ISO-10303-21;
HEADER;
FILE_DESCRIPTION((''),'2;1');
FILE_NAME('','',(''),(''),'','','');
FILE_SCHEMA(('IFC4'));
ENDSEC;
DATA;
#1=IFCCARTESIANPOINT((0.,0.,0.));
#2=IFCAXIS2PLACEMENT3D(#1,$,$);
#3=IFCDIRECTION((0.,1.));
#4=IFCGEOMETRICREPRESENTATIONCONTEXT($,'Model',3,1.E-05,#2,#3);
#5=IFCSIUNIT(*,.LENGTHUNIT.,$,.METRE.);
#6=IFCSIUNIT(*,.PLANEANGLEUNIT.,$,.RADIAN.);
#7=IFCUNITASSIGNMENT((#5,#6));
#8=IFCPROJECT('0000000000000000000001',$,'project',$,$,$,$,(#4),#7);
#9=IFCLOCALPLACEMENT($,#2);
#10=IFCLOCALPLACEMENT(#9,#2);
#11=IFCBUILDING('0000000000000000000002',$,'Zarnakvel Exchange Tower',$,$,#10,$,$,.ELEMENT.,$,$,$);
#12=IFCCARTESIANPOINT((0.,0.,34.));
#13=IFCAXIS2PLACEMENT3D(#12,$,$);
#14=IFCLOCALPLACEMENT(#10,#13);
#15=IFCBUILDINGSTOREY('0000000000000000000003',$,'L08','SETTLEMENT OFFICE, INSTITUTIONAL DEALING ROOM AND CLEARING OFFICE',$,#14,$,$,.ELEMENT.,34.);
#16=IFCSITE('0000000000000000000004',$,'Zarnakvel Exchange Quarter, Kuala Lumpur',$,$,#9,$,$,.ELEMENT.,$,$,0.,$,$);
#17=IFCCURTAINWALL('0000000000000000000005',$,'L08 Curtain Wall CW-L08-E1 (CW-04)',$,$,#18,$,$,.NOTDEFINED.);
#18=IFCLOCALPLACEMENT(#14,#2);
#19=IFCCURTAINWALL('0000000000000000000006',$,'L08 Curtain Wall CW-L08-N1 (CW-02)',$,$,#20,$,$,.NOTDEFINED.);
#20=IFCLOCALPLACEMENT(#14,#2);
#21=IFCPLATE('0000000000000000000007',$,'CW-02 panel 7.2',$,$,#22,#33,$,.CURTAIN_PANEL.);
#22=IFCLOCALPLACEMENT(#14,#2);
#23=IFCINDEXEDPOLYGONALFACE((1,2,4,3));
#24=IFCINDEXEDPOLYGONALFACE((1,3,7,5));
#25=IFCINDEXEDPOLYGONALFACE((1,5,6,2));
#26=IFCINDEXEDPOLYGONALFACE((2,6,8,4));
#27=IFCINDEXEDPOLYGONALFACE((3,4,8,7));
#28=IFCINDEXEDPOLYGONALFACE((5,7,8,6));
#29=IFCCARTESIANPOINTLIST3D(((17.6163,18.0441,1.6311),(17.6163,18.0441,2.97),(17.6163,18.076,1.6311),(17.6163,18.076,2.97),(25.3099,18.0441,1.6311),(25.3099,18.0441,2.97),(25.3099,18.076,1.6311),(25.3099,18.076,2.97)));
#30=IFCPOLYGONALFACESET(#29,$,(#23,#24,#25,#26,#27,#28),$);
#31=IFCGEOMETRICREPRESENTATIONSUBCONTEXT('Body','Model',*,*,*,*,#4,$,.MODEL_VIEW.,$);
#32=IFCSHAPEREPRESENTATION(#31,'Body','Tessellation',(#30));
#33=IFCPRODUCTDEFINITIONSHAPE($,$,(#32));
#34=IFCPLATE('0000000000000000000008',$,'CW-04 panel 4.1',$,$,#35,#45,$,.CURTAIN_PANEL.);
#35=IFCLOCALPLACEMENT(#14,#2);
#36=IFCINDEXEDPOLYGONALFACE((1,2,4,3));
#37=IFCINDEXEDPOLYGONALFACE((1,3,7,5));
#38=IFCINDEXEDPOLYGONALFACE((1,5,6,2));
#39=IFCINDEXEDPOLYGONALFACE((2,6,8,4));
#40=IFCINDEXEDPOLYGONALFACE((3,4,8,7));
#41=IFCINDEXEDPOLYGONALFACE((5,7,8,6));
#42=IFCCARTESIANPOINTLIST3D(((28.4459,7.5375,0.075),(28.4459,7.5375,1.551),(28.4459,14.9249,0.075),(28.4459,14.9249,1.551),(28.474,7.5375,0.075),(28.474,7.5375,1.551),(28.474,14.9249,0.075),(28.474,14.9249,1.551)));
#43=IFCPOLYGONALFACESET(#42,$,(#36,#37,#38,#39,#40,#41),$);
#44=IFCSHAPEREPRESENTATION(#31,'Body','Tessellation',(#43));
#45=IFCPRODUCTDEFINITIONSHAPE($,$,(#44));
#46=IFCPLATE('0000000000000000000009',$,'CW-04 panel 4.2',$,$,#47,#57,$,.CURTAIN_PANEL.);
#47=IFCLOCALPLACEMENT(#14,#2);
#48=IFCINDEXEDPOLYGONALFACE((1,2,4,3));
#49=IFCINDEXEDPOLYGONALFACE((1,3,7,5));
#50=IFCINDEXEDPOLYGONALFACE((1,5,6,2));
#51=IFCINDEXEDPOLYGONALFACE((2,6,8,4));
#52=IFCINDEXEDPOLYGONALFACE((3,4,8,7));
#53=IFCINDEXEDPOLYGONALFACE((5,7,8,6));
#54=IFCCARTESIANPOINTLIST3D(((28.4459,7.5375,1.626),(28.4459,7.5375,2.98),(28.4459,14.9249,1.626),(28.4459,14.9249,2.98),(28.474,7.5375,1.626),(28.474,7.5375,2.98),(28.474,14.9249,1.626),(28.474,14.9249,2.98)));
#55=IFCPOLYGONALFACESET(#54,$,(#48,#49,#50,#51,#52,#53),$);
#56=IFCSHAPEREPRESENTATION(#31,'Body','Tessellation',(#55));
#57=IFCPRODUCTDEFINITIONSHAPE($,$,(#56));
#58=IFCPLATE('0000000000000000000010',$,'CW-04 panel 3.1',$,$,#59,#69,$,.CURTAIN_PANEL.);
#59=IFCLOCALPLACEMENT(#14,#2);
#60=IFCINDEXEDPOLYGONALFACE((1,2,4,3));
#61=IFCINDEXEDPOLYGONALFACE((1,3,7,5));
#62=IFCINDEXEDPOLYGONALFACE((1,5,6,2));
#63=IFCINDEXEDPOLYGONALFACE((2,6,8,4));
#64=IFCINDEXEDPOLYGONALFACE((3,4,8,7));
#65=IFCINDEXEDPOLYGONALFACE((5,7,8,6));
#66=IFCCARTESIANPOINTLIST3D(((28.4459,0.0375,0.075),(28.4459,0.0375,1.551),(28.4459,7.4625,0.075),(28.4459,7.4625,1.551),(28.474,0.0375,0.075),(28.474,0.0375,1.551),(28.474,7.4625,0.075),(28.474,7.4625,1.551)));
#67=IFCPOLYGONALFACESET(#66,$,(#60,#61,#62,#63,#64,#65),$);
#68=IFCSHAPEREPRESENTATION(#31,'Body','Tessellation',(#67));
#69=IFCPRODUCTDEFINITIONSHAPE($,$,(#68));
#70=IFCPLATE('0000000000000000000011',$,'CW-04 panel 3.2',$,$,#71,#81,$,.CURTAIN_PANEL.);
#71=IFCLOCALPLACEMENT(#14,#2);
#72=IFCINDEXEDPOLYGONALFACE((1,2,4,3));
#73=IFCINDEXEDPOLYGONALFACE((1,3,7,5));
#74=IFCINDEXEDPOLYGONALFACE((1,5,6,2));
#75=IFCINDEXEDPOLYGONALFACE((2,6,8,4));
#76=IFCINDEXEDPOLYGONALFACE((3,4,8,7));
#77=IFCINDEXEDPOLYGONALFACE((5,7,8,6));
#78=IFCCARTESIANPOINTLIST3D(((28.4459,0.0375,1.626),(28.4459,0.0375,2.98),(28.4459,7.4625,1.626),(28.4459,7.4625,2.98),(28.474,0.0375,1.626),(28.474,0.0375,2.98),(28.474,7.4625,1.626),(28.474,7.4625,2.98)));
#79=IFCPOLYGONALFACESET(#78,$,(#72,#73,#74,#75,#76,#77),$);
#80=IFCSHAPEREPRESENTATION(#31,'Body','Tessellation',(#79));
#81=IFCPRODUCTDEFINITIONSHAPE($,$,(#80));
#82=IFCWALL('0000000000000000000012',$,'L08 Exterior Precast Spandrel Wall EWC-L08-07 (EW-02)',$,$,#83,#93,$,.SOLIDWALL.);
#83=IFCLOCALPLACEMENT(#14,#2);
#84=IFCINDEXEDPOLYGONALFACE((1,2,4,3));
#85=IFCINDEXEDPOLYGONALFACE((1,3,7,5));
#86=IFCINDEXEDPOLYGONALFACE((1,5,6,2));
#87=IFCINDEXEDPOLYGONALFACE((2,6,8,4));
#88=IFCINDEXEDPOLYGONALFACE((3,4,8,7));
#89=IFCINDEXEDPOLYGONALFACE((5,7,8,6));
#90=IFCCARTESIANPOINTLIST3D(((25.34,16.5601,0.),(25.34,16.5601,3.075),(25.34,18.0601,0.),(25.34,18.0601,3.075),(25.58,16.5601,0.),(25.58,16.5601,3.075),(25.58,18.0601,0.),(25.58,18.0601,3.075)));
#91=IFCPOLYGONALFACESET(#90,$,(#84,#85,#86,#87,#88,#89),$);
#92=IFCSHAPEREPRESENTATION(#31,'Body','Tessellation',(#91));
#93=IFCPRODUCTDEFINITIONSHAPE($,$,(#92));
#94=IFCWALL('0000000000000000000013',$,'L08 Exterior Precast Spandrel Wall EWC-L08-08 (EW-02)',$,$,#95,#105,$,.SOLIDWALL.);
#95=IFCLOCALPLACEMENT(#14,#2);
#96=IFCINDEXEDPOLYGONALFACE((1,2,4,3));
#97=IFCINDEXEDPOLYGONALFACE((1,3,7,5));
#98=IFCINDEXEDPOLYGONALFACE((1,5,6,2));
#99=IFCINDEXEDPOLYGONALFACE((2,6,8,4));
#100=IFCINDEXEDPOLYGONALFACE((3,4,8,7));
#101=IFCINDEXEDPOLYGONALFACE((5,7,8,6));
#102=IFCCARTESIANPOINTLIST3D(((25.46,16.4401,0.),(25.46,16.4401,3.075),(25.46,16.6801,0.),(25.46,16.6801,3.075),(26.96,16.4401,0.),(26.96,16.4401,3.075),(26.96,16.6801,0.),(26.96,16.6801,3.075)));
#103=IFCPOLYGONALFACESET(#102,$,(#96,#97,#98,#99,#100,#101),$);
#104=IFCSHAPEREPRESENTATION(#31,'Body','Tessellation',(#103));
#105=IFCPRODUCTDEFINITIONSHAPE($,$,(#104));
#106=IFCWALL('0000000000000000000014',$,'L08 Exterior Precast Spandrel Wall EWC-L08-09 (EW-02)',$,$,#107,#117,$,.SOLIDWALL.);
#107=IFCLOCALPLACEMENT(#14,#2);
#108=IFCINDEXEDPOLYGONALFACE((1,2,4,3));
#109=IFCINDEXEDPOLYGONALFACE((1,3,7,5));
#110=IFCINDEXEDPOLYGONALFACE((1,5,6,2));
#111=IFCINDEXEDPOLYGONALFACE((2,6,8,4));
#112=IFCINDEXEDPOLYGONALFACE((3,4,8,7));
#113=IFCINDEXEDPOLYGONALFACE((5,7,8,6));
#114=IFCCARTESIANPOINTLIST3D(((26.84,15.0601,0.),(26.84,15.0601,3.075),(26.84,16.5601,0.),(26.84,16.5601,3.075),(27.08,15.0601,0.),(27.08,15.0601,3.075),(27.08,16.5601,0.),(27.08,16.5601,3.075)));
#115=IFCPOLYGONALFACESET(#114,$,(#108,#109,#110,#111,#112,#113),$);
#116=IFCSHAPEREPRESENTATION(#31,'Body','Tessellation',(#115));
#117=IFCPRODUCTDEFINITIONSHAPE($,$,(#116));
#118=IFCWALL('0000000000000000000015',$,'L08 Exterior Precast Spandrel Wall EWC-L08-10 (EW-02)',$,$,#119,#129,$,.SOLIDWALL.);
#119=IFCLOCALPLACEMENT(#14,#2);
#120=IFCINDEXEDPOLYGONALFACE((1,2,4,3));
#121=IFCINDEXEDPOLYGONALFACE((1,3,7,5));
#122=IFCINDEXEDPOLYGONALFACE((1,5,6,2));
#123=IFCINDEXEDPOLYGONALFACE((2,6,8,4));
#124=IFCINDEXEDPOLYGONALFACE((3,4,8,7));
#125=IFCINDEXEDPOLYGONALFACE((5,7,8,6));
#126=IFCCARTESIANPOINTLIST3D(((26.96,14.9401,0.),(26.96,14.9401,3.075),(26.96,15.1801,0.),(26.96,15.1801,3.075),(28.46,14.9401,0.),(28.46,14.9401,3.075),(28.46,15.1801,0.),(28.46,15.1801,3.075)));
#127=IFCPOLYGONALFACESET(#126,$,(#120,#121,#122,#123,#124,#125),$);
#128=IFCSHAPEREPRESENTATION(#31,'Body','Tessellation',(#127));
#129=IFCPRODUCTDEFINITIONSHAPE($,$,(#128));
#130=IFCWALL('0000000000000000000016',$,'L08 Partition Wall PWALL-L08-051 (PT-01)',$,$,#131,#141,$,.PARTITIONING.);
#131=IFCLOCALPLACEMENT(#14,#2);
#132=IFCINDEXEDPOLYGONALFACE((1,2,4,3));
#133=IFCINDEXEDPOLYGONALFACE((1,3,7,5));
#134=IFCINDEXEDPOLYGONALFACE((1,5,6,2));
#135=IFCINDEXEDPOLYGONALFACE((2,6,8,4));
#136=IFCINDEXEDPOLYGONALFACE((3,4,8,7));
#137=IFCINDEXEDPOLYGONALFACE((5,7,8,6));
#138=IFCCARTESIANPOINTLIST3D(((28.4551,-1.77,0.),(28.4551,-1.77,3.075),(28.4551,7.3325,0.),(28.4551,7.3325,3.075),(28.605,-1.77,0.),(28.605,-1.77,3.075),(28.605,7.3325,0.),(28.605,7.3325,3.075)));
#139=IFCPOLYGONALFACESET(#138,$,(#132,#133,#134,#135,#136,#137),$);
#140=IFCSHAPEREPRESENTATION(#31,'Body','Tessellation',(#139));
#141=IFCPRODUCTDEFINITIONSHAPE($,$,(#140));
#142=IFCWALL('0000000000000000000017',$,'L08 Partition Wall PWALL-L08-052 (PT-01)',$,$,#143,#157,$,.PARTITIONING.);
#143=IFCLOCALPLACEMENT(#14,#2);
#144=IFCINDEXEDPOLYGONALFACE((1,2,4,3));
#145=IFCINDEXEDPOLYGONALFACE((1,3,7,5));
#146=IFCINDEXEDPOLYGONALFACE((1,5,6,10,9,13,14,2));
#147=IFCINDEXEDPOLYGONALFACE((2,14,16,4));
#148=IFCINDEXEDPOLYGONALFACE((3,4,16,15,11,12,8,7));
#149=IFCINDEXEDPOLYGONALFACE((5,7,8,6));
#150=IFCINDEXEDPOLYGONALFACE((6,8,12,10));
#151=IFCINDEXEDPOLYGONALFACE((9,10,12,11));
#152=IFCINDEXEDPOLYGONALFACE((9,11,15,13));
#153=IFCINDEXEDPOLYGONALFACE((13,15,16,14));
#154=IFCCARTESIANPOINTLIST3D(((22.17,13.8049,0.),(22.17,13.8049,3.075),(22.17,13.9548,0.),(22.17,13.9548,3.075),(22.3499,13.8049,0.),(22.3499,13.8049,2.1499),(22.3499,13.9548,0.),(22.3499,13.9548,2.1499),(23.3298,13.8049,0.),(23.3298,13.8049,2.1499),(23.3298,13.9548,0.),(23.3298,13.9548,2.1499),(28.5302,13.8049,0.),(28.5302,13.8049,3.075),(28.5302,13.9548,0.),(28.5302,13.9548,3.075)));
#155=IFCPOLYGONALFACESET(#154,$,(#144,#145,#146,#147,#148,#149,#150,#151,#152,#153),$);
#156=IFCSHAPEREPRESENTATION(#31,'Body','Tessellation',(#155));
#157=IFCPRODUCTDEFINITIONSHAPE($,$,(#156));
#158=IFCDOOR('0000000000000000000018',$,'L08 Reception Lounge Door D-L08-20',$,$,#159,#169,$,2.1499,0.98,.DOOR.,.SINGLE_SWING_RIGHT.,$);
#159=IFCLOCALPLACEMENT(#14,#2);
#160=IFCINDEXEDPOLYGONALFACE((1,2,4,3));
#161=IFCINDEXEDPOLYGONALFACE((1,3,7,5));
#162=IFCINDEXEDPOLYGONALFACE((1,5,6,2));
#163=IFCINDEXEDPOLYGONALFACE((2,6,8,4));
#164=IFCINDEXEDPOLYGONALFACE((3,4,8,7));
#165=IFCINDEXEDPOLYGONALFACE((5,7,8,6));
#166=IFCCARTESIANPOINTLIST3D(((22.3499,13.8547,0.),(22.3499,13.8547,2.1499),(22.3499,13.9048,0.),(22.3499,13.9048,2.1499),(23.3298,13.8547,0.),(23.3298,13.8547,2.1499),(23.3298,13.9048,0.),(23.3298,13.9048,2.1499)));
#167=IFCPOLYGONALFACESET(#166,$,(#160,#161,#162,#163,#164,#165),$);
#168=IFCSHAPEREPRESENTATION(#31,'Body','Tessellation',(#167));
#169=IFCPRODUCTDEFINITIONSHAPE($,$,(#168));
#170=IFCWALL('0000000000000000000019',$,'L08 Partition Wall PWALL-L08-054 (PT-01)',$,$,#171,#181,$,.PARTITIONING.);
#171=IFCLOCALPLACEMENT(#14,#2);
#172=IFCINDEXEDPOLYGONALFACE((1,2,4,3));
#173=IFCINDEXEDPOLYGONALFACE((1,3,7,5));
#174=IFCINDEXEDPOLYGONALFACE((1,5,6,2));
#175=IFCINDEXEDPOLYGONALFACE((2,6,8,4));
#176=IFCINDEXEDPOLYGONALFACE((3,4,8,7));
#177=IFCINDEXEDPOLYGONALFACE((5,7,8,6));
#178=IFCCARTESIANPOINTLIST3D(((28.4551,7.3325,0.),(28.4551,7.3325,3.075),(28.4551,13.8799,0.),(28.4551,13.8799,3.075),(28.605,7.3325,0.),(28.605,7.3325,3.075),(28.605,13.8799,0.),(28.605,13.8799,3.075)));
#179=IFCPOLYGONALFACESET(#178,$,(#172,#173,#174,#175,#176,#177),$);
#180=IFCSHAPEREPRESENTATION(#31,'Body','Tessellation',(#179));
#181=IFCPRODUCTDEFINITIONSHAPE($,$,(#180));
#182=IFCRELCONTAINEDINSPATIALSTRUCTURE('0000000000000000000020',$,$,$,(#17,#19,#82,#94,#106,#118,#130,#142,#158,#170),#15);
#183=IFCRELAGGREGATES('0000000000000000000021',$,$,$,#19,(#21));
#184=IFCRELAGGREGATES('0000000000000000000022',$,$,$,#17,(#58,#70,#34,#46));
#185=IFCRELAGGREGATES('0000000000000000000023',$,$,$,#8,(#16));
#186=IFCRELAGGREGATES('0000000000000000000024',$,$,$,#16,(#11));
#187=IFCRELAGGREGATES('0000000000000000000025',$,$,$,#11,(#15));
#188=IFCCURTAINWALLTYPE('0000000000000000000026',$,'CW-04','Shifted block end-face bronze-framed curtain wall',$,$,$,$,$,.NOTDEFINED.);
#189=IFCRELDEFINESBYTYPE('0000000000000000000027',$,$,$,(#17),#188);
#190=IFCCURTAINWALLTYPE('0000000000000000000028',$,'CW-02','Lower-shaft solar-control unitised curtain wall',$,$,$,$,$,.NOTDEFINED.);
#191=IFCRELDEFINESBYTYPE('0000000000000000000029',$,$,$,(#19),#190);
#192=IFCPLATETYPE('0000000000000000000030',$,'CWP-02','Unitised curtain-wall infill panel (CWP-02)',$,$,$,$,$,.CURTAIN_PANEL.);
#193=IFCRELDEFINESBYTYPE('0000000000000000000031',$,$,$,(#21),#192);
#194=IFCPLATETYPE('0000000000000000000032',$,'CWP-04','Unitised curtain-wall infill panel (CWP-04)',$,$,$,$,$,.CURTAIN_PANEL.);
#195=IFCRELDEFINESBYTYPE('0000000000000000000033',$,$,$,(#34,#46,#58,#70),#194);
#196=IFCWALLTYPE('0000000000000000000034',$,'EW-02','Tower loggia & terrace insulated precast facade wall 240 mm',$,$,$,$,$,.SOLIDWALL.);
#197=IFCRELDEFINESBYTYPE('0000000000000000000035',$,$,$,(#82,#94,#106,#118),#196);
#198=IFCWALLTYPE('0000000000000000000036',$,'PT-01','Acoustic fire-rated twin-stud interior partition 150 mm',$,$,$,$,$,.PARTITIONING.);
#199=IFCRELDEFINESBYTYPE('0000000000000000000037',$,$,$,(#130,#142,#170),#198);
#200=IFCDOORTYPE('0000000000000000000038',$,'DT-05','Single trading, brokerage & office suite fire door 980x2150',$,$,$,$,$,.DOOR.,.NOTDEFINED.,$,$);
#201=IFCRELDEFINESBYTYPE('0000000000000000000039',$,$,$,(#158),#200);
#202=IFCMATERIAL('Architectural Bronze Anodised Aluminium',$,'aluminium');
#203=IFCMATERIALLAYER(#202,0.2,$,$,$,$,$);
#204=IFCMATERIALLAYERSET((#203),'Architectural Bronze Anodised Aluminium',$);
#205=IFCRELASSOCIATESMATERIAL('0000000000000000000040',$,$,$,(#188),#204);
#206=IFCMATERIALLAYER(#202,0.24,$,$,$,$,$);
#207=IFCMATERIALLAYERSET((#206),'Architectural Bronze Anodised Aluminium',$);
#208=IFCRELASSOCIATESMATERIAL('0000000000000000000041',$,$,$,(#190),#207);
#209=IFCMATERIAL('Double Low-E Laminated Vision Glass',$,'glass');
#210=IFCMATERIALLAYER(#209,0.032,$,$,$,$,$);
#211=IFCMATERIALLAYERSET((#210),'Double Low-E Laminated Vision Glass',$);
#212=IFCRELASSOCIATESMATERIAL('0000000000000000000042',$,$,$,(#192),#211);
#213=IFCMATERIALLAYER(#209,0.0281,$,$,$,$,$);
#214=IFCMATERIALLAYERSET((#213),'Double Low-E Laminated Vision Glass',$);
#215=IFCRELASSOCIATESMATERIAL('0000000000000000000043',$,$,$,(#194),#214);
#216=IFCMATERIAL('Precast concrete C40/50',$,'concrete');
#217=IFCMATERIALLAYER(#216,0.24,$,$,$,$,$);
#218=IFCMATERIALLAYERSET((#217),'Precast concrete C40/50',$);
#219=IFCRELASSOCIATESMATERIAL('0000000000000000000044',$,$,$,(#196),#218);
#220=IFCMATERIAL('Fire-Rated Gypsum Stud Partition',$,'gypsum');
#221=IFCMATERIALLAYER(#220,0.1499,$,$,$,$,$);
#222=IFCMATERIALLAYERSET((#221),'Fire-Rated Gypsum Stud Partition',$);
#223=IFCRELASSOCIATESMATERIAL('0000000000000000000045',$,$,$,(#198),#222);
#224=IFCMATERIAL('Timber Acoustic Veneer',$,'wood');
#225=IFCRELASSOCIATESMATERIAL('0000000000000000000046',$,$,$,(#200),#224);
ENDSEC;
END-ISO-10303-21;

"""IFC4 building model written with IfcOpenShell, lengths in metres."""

from ifc_helpers import new_model, si_unit, direction, frame, frame_2d, origin, origin_2d, place, context, subcontext, project, spatial, rectangle, extrude, source, transform, mapped, material, layer, layer_set, type_object, element, fill, aggregate, save


model = new_model("IFC4")

# Units and contexts
model_context = context("Model", 3, precision=1e-05, world=origin(), true_north=direction((0.0, 1.0)))
body_context = subcontext(model_context, "Body", "Model", "MODEL_VIEW")
ifc_project = project(units=[si_unit("LENGTHUNIT", "METRE"), si_unit("PLANEANGLEUNIT", "RADIAN")], contexts=[model_context])

# Site, building, storey
site_placement = place(None, origin())
site = spatial("IfcSite", under=ifc_project, at=site_placement, Name="Zarnakvel Exchange Quarter, Kuala Lumpur", CompositionType="ELEMENT", RefElevation=0.0)
building_placement = place(site_placement, origin())
building = spatial("IfcBuilding", under=site, at=building_placement, Name="Zarnakvel Exchange Tower", CompositionType="ELEMENT")
storey_placement = place(building_placement, frame((0.0, 0.0, 34.0)))
storey = spatial("IfcBuildingStorey", under=building, at=storey_placement, Name="L08", Description="SETTLEMENT OFFICE, INSTITUTIONAL DEALING ROOM AND CLEARING OFFICE", CompositionType="ELEMENT", Elevation=34.0)

# Curtain wall
ifc_material_1 = material(Name="Architectural Bronze Anodised Aluminium", Category="aluminium")
ifc_layer_1 = layer(ifc_material_1, 0.2)
ifc_layer_set_1 = layer_set([ifc_layer_1], Name="Architectural Bronze Anodised Aluminium")
curtain_wall_type_1 = type_object("IfcCurtainWallType", Name="CW-04", Description="Shifted block end-face bronze-framed curtain wall", PredefinedType="NOTDEFINED", material=ifc_layer_set_1)
curtain_wall_1_placement = place(storey_placement, origin())
curtain_wall_1 = element("IfcCurtainWall", 1, at=curtain_wall_1_placement, inside=storey, type_object=curtain_wall_type_1, Name="L08 Curtain Wall CW-L08-E1 (CW-04)", PredefinedType="NOTDEFINED")

# Curtain wall
ifc_layer_2 = layer(ifc_material_1, 0.24)
ifc_layer_set_2 = layer_set([ifc_layer_2], Name="Architectural Bronze Anodised Aluminium")
curtain_wall_type_2 = type_object("IfcCurtainWallType", Name="CW-02", Description="Lower-shaft solar-control unitised curtain wall", PredefinedType="NOTDEFINED", material=ifc_layer_set_2)
curtain_wall_2_placement = place(storey_placement, origin())
curtain_wall_2 = element("IfcCurtainWall", 2, at=curtain_wall_2_placement, inside=storey, type_object=curtain_wall_type_2, Name="L08 Curtain Wall CW-L08-N1 (CW-02)", PredefinedType="NOTDEFINED")

# Plates
ifc_material_2 = material(Name="Double Low-E Laminated Vision Glass", Category="glass")
ifc_layer_3 = layer(ifc_material_2, 0.032)
ifc_layer_set_3 = layer_set([ifc_layer_3], Name="Double Low-E Laminated Vision Glass")
plate_type_1 = type_object("IfcPlateType", Name="CWP-02", Description="Unitised curtain-wall infill panel (CWP-02)", PredefinedType="CURTAIN_PANEL", material=ifc_layer_set_3)
shared_shape_1 = source(origin(), body_context, "Body", "SweptSolid", [
    extrude(rectangle(XDim=7.6936, YDim=0.032, at=origin_2d()), origin(), (0.0, 0.0, 1.0), 1.3389),
])
plate_1_placement = place(storey_placement, frame((21.4631, 18.0601, 1.6311), z_axis=(0.0, 0.0, 1.0), x_axis=(1.0, 0.0, 0.0)))
plate_1 = element("IfcPlate", 3, at=plate_1_placement, type_object=plate_type_1, Name="CW-02 panel 7.2", PredefinedType="CURTAIN_PANEL", context=body_context, shape_type="MappedRepresentation", body=[
    mapped(shared_shape_1, transform((0.0, 0.0, 0.0), x_axis=(1.0, 0.0, 0.0), y_axis=(0.0, 1.0, 0.0), z_axis=(0.0, 0.0, 1.0), scale=1.0)),
])
aggregate(curtain_wall_2, [plate_1])
ifc_layer_4 = layer(ifc_material_2, 0.0281)
ifc_layer_set_4 = layer_set([ifc_layer_4], Name="Double Low-E Laminated Vision Glass")
plate_type_2 = type_object("IfcPlateType", Name="CWP-04", Description="Unitised curtain-wall infill panel (CWP-04)", PredefinedType="CURTAIN_PANEL", material=ifc_layer_set_4)
shared_shape_2 = source(origin(), body_context, "Body", "SweptSolid", [
    extrude(rectangle(XDim=7.3875, YDim=0.0281, at=origin_2d()), origin(), (0.0, 0.0, 1.0), 1.4761),
])
plate_2_placement = place(storey_placement, frame((28.46, 11.2312, 0.075), z_axis=(0.0, 0.0, 1.0), x_axis=(0.0, 1.0, 0.0)))
plate_2 = element("IfcPlate", 4, at=plate_2_placement, type_object=plate_type_2, Name="CW-04 panel 4.1", PredefinedType="CURTAIN_PANEL", context=body_context, shape_type="MappedRepresentation", body=[
    mapped(shared_shape_2, transform((0.0, 0.0, 0.0), x_axis=(1.0, 0.0, 0.0), y_axis=(0.0, 1.0, 0.0), z_axis=(0.0, 0.0, 1.0), scale=1.0)),
])
shared_shape_3 = source(origin(), body_context, "Body", "SweptSolid", [
    extrude(rectangle(XDim=7.3875, YDim=0.0281, at=origin_2d()), origin(), (0.0, 0.0, 1.0), 1.354),
])
plate_3_placement = place(storey_placement, frame((28.46, 11.2312, 1.626), z_axis=(0.0, 0.0, 1.0), x_axis=(0.0, 1.0, 0.0)))
plate_3 = element("IfcPlate", 5, at=plate_3_placement, type_object=plate_type_2, Name="CW-04 panel 4.2", PredefinedType="CURTAIN_PANEL", context=body_context, shape_type="MappedRepresentation", body=[
    mapped(shared_shape_3, transform((0.0, 0.0, 0.0), x_axis=(1.0, 0.0, 0.0), y_axis=(0.0, 1.0, 0.0), z_axis=(0.0, 0.0, 1.0), scale=1.0)),
])
shared_shape_4 = source(origin(), body_context, "Body", "SweptSolid", [
    extrude(rectangle(XDim=7.425, YDim=0.0281, at=origin_2d()), origin(), (0.0, 0.0, 1.0), 1.4761),
])
plate_4_placement = place(storey_placement, frame((28.46, 3.75, 0.075), z_axis=(0.0, 0.0, 1.0), x_axis=(0.0, 1.0, 0.0)))
plate_4 = element("IfcPlate", 6, at=plate_4_placement, type_object=plate_type_2, Name="CW-04 panel 3.1", PredefinedType="CURTAIN_PANEL", context=body_context, shape_type="MappedRepresentation", body=[
    mapped(shared_shape_4, transform((0.0, 0.0, 0.0), x_axis=(1.0, 0.0, 0.0), y_axis=(0.0, 1.0, 0.0), z_axis=(0.0, 0.0, 1.0), scale=1.0)),
])
shared_shape_5 = source(origin(), body_context, "Body", "SweptSolid", [
    extrude(rectangle(XDim=7.425, YDim=0.0281, at=origin_2d()), origin(), (0.0, 0.0, 1.0), 1.354),
])
plate_5_placement = place(storey_placement, frame((28.46, 3.75, 1.626), z_axis=(0.0, 0.0, 1.0), x_axis=(0.0, 1.0, 0.0)))
plate_5 = element("IfcPlate", 7, at=plate_5_placement, type_object=plate_type_2, Name="CW-04 panel 3.2", PredefinedType="CURTAIN_PANEL", context=body_context, shape_type="MappedRepresentation", body=[
    mapped(shared_shape_5, transform((0.0, 0.0, 0.0), x_axis=(1.0, 0.0, 0.0), y_axis=(0.0, 1.0, 0.0), z_axis=(0.0, 0.0, 1.0), scale=1.0)),
])
aggregate(curtain_wall_1, [plate_4, plate_5, plate_2, plate_3])

# Walls
ifc_material_3 = material(Name="Precast concrete C40/50", Category="concrete")
ifc_layer_5 = layer(ifc_material_3, 0.24)
ifc_layer_set_5 = layer_set([ifc_layer_5], Name="Precast concrete C40/50")
wall_type_1 = type_object("IfcWallType", Name="EW-02", Description="Tower loggia & terrace insulated precast facade wall 240 mm", PredefinedType="SOLIDWALL", material=ifc_layer_set_5)
for number, where, z_axis, x_axis, name in (
    (8, (25.46, 16.5601, 0.0), (0.0, 0.0, 1.0), (0.0, 1.0, 0.0), "L08 Exterior Precast Spandrel Wall EWC-L08-07 (EW-02)"),
    (9, (26.96, 16.5601, 0.0), (0.0, 0.0, 1.0), (-1.0, 0.0, 0.0), "L08 Exterior Precast Spandrel Wall EWC-L08-08 (EW-02)"),
    (10, (26.96, 15.0601, 0.0), (0.0, 0.0, 1.0), (0.0, 1.0, 0.0), "L08 Exterior Precast Spandrel Wall EWC-L08-09 (EW-02)"),
    (11, (28.46, 15.0601, 0.0), (0.0, 0.0, 1.0), (-1.0, 0.0, 0.0), "L08 Exterior Precast Spandrel Wall EWC-L08-10 (EW-02)"),
):
    element("IfcWall", number, at=place(storey_placement, frame(where, z_axis=z_axis, x_axis=x_axis)), inside=storey, type_object=wall_type_1, Name=name, PredefinedType="SOLIDWALL", context=body_context, shape_type="SweptSolid", body=[
        extrude(rectangle(XDim=1.5, YDim=0.24, at=frame_2d((0.75, 0.0))), origin(), (0.0, 0.0, 1.0), 3.075),
    ])
ifc_material_4 = material(Name="Fire-Rated Gypsum Stud Partition", Category="gypsum")
ifc_layer_6 = layer(ifc_material_4, 0.1499)
ifc_layer_set_6 = layer_set([ifc_layer_6], Name="Fire-Rated Gypsum Stud Partition")
wall_type_2 = type_object("IfcWallType", Name="PT-01", Description="Acoustic fire-rated twin-stud interior partition 150 mm", PredefinedType="PARTITIONING", material=ifc_layer_set_6)
wall_1_placement = place(storey_placement, frame((28.53, 7.3325, 0.0), z_axis=(0.0, 0.0, 1.0), x_axis=(0.0, -1.0, 0.0)))
element("IfcWall", 12, at=wall_1_placement, inside=storey, type_object=wall_type_2, Name="L08 Partition Wall PWALL-L08-051 (PT-01)", PredefinedType="PARTITIONING", context=body_context, shape_type="SweptSolid", body=[
    extrude(rectangle(XDim=9.1025, YDim=0.1499, at=frame_2d((4.5513, 0.0))), origin(), (0.0, 0.0, 1.0), 3.075),
])

# Wall, opening, door
wall_2_placement = place(storey_placement, frame((22.1699, 13.8799, 0.0), z_axis=(0.0, 0.0, 1.0), x_axis=(1.0, 0.0, 0.0)))
wall_2 = element("IfcWall", 13, at=wall_2_placement, inside=storey, type_object=wall_type_2, Name="L08 Partition Wall PWALL-L08-052 (PT-01)", PredefinedType="PARTITIONING", context=body_context, shape_type="SweptSolid", body=[
    extrude(rectangle(XDim=6.3601, YDim=0.1499, at=frame_2d((3.1802, 0.0))), origin(), (0.0, 0.0, 1.0), 3.075),
])
opening_placement = place(wall_2_placement, frame((0.1799, 0.0, 0.0)))
opening = element("IfcOpeningElement", 14, at=opening_placement, cuts=wall_2, PredefinedType="OPENING", context=body_context, shape_type="SweptSolid", body=[
    extrude(rectangle(XDim=0.98, YDim=2.1499, at=frame_2d((0.49, 1.075))), frame((0.0, 0.085, 0.0), z_axis=(0.0, -1.0, 0.0), x_axis=(1.0, 0.0, 0.0)), (0.0, 0.0, 1.0), 0.1699),
])
ifc_material_5 = material(Name="Timber Acoustic Veneer", Category="wood")
door_type = type_object("IfcDoorType", Name="DT-05", Description="Single trading, brokerage & office suite fire door 980x2150", OperationType="NOTDEFINED", PredefinedType="DOOR", material=ifc_material_5)
shared_shape_6 = source(origin(), body_context, "Body", "SweptSolid", [
    extrude(rectangle(XDim=0.98, YDim=2.1499, at=frame_2d((0.49, 1.075))), frame((0.0, 0.0249, 0.0), z_axis=(0.0, -1.0, 0.0), x_axis=(1.0, 0.0, 0.0)), (0.0, 0.0, 1.0), 0.05),
])
door_placement = place(opening_placement, origin())
door = element("IfcDoor", 15, at=door_placement, inside=storey, type_object=door_type, Name="L08 Reception Lounge Door D-L08-20", OperationType="SINGLE_SWING_RIGHT", OverallHeight=2.1499, OverallWidth=0.98, PredefinedType="DOOR", context=body_context, shape_type="MappedRepresentation", body=[
    mapped(shared_shape_6, transform((0.0, 0.0, 0.0), x_axis=(1.0, 0.0, 0.0), y_axis=(0.0, 1.0, 0.0), z_axis=(0.0, 0.0, 1.0), scale=1.0)),
])
fill(opening, door)

# Wall
wall_3_placement = place(storey_placement, frame((28.53, 13.8799, 0.0), z_axis=(0.0, 0.0, 1.0), x_axis=(0.0, -1.0, 0.0)))
element("IfcWall", 16, at=wall_3_placement, inside=storey, type_object=wall_type_2, Name="L08 Partition Wall PWALL-L08-054 (PT-01)", PredefinedType="PARTITIONING", context=body_context, shape_type="SweptSolid", body=[
    extrude(rectangle(XDim=6.5474, YDim=0.1499, at=frame_2d((3.2737, 0.0))), origin(), (0.0, 0.0, 1.0), 3.075),
])

save(model, "model.ifc")
